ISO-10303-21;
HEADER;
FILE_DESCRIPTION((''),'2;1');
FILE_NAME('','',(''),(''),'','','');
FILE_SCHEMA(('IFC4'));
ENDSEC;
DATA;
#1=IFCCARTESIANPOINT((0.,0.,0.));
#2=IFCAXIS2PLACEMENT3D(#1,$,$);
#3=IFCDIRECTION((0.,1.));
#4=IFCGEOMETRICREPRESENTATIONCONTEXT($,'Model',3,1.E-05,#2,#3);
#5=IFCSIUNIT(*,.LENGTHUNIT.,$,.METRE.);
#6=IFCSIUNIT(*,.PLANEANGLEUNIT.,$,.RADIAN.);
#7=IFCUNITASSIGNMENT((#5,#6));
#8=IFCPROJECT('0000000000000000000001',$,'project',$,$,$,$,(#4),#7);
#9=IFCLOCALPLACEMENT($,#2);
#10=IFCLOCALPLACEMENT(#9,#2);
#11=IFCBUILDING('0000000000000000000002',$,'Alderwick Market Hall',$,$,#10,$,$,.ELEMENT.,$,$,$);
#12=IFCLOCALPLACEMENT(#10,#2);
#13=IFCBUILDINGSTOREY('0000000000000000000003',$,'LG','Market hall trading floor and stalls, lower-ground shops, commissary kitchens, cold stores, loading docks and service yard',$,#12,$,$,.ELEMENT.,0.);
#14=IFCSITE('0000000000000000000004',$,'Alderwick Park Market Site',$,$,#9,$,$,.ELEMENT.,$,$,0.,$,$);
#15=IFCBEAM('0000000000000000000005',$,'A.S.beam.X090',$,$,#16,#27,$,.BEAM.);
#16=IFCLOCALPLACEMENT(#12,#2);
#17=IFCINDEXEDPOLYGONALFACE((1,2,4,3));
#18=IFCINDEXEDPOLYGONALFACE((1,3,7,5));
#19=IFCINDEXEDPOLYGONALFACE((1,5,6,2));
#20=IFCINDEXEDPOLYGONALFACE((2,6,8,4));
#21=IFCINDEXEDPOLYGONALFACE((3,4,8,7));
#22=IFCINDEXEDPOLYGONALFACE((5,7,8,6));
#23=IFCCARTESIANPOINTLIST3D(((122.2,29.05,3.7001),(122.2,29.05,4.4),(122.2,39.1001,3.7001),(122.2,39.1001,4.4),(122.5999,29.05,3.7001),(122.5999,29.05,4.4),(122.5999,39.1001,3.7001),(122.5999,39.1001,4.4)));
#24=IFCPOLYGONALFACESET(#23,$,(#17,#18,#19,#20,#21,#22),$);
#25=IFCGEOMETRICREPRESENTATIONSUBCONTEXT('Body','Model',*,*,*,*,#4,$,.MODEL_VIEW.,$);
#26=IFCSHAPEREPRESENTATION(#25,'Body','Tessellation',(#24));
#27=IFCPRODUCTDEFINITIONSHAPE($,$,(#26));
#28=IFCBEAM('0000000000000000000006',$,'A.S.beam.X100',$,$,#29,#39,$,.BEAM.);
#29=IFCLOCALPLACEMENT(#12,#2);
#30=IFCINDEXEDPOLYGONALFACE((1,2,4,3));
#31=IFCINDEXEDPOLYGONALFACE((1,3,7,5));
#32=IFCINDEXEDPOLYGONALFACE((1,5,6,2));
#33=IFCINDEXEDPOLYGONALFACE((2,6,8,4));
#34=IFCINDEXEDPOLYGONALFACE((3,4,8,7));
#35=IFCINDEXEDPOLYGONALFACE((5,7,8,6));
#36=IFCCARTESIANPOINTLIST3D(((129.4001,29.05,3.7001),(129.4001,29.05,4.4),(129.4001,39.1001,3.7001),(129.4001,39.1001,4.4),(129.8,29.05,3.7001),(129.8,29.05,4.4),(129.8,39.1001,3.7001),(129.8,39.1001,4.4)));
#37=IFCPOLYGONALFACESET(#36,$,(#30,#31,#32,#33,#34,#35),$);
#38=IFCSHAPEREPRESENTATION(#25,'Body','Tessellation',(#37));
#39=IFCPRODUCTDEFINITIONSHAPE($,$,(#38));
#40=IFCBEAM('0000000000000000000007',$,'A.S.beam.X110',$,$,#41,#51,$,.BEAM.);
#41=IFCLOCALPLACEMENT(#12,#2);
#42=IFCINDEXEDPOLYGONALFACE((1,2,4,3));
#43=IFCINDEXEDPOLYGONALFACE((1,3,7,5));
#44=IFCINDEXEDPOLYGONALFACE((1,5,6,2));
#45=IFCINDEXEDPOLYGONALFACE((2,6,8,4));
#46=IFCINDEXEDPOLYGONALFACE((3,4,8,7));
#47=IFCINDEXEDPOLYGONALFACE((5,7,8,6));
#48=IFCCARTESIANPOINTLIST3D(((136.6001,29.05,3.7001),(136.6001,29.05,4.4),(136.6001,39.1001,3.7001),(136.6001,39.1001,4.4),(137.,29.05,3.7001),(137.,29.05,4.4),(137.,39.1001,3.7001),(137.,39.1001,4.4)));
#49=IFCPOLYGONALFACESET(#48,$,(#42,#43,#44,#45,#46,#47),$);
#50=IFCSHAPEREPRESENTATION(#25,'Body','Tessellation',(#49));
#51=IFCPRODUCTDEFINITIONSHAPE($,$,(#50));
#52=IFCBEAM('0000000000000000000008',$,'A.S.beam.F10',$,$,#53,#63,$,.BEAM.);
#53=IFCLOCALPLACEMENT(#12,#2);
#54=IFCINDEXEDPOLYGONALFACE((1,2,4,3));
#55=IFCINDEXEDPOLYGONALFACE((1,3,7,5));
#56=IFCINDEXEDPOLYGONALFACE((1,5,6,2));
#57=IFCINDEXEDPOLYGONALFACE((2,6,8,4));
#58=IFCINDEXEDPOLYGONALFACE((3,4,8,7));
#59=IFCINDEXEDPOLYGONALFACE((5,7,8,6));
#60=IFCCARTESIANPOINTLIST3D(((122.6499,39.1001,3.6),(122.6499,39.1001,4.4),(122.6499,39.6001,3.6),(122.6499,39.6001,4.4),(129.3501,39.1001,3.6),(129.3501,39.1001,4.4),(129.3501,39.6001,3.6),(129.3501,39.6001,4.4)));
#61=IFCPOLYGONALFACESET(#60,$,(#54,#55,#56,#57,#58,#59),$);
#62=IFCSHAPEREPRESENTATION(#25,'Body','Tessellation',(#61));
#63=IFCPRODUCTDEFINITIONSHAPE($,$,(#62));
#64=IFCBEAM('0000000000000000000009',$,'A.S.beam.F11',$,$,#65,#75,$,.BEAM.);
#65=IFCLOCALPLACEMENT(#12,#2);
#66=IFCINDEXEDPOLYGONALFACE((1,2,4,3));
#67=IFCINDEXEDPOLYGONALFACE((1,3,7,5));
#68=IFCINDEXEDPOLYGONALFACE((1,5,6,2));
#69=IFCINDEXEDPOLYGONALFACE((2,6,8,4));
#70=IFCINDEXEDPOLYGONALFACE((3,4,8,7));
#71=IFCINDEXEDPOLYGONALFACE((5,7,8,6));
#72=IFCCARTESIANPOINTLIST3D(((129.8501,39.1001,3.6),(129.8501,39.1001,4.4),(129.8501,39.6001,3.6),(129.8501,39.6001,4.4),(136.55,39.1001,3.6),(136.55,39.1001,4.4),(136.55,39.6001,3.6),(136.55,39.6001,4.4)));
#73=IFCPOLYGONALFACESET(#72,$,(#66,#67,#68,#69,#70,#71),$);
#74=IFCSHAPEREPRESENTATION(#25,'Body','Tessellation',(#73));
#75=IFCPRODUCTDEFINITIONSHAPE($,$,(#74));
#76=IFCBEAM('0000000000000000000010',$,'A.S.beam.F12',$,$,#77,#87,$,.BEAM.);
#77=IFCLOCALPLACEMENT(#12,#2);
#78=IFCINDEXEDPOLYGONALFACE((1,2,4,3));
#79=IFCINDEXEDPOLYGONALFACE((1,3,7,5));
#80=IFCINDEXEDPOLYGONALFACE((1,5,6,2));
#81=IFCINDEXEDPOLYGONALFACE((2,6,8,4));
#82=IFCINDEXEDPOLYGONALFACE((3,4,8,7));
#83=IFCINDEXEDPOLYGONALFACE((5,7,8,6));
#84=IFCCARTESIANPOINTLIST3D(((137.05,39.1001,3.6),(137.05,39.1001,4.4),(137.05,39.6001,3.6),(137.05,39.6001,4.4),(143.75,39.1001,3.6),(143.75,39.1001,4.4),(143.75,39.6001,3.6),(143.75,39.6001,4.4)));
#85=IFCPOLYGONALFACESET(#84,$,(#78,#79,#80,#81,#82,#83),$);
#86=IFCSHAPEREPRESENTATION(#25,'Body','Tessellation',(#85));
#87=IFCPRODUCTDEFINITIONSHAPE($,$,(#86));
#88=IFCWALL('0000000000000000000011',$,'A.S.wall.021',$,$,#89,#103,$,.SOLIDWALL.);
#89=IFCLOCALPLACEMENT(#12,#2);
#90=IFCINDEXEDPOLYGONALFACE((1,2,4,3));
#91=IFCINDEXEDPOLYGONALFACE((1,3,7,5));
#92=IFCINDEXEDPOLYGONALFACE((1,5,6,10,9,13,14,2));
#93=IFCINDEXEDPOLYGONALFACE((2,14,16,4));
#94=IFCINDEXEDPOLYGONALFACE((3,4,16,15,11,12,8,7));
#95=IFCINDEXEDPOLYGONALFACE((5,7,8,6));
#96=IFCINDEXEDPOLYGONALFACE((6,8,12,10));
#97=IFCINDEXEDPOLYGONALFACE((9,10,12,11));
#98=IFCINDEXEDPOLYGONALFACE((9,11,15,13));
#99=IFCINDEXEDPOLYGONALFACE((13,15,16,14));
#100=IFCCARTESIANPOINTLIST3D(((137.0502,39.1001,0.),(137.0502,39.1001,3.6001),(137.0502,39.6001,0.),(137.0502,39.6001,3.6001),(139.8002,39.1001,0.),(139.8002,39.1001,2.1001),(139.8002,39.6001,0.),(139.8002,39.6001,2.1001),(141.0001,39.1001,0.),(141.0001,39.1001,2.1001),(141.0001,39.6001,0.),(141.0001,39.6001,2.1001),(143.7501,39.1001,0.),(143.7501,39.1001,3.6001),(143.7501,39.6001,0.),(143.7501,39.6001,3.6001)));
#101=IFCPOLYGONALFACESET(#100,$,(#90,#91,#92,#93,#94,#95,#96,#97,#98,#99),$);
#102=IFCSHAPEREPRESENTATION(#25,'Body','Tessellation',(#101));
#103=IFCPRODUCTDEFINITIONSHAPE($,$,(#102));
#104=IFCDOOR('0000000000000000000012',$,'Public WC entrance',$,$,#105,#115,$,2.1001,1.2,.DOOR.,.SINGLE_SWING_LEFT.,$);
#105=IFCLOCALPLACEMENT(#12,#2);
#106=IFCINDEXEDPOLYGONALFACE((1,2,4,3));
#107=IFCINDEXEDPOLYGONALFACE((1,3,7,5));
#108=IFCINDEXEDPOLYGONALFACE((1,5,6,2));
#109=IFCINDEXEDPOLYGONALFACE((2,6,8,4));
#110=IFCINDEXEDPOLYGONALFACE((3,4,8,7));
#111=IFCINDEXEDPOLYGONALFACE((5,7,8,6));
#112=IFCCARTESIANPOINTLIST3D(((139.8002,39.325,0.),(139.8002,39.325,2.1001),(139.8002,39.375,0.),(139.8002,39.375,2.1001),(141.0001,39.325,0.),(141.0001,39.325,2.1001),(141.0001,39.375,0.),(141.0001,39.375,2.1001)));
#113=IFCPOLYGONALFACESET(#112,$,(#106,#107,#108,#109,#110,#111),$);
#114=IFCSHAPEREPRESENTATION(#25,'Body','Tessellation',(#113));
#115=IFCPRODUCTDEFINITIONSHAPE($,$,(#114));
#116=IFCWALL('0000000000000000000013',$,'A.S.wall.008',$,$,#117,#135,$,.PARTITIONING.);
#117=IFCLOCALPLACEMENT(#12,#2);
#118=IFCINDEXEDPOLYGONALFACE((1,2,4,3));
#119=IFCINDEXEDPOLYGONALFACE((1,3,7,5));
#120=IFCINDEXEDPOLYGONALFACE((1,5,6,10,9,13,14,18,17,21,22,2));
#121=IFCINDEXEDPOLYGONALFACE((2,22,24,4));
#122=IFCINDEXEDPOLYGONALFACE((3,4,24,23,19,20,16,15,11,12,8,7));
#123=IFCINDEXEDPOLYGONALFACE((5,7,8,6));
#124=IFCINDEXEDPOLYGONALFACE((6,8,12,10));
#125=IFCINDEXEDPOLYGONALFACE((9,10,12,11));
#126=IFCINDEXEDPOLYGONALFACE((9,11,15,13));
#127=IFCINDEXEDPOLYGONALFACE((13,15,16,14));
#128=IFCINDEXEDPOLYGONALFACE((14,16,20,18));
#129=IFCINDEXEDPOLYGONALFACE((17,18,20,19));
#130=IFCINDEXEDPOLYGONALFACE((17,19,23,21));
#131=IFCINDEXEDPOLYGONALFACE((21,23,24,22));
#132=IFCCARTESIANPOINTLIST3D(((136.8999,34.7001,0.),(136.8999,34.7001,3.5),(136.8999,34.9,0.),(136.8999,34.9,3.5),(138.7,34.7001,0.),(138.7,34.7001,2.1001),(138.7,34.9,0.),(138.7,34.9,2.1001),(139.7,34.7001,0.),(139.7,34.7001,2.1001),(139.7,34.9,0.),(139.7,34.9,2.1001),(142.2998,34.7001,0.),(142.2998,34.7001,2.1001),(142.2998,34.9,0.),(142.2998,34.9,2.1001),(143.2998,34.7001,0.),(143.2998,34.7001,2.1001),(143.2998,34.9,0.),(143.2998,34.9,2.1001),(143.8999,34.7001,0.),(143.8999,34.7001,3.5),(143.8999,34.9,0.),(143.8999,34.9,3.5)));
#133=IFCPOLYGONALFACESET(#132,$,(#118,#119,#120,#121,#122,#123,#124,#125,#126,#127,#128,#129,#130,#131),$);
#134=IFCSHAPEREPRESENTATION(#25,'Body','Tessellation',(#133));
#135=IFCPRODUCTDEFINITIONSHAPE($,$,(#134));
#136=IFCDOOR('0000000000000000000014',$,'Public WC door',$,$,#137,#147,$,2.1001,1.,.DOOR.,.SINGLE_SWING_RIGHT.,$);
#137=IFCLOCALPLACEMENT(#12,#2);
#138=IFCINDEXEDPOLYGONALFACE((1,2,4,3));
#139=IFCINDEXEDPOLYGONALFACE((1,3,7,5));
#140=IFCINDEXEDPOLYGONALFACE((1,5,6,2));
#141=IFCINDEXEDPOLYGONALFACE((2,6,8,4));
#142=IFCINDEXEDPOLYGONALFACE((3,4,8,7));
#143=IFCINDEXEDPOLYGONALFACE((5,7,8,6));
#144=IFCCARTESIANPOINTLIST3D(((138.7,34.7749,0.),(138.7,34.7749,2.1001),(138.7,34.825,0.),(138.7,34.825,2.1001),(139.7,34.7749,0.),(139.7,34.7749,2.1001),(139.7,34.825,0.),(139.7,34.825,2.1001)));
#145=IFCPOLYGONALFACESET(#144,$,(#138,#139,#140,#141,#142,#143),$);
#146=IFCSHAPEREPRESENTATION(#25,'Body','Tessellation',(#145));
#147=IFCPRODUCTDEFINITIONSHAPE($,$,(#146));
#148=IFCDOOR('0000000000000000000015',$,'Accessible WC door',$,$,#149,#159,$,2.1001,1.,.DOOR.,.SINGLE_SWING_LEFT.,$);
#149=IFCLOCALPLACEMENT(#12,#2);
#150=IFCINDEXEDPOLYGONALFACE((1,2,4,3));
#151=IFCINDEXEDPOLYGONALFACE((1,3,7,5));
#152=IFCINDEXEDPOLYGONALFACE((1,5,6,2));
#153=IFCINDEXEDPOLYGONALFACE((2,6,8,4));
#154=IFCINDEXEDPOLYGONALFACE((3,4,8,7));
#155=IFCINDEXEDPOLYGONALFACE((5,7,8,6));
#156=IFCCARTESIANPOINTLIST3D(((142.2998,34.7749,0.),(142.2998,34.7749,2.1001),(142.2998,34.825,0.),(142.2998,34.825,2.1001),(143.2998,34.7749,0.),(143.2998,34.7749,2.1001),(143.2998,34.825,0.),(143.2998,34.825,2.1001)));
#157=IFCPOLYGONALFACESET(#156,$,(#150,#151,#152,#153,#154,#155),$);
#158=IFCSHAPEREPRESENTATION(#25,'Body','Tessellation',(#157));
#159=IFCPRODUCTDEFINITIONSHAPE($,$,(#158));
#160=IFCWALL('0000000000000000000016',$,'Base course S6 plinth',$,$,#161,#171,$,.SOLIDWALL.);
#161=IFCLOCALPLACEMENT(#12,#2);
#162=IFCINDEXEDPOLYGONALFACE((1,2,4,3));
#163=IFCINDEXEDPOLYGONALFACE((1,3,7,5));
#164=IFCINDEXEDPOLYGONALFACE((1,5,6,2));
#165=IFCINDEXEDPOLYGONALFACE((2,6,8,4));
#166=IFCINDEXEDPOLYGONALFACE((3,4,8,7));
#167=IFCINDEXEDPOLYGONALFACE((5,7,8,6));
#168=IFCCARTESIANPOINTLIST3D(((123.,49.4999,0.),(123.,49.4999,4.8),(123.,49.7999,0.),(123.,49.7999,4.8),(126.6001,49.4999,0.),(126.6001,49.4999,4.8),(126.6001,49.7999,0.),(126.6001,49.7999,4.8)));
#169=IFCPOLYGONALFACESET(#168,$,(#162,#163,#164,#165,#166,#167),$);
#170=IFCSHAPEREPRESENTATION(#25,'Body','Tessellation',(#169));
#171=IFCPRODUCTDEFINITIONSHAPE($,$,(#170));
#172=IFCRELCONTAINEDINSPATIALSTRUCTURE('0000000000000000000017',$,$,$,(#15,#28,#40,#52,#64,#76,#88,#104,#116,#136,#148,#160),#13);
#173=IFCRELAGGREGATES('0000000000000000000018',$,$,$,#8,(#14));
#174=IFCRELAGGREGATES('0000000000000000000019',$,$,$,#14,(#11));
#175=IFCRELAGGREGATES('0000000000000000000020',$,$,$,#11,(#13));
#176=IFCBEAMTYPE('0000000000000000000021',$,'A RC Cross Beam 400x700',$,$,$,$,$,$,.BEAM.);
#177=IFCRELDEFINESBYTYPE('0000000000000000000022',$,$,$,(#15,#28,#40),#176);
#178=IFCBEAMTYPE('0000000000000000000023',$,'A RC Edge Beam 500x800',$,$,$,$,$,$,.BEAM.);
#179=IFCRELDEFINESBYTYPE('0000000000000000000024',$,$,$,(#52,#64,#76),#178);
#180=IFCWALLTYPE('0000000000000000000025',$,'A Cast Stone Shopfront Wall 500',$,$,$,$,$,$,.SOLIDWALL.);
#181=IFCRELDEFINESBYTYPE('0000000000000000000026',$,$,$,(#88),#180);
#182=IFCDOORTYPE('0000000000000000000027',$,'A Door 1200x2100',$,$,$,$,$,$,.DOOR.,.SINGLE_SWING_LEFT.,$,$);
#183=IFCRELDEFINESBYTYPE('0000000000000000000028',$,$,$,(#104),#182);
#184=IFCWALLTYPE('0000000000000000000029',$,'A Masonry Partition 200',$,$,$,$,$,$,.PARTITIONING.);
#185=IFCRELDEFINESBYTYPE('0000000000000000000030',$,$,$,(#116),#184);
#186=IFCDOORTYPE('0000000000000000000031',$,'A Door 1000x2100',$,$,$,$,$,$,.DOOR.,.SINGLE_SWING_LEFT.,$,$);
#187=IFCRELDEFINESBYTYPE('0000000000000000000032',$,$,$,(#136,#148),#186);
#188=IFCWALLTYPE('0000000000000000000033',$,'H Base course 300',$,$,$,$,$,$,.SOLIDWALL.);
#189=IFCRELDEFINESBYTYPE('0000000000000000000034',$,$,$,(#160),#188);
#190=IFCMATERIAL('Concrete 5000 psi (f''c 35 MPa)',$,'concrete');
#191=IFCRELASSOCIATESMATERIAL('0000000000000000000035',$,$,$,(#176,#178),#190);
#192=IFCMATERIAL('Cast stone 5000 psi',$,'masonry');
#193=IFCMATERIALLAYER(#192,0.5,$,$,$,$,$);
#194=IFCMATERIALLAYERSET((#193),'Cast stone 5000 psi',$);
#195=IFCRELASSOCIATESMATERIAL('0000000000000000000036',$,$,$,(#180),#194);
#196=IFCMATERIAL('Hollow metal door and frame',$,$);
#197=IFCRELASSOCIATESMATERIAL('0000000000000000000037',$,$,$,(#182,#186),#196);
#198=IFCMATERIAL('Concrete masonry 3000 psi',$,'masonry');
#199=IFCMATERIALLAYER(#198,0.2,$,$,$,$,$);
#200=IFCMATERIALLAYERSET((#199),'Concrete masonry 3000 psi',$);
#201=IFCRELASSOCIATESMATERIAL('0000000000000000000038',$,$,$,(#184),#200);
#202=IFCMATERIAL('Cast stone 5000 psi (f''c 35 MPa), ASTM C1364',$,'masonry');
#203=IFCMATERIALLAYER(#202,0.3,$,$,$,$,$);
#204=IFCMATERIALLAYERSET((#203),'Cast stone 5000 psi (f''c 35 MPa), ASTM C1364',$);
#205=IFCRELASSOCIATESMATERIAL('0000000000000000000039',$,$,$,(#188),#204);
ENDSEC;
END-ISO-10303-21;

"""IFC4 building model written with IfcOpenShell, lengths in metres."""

from ifc_helpers import new_model, si_unit, direction, frame, frame_2d, origin, origin_2d, place, context, subcontext, project, spatial, rectangle, extrude, material, layer, layer_set, material_profile, profile_set, type_object, element, fill, save


model = new_model("IFC4")

# Units and contexts
model_context = context("Model", 3, precision=1e-05, world=origin(), true_north=direction((0.0, 1.0)))
body_context = subcontext(model_context, "Body", "Model", "MODEL_VIEW")
ifc_project = project(units=[si_unit("LENGTHUNIT", "METRE"), si_unit("PLANEANGLEUNIT", "RADIAN")], contexts=[model_context])

# Site, building, storey
site_placement = place(None, origin())
site = spatial("IfcSite", under=ifc_project, at=site_placement, Name="Alderwick Park Market Site", CompositionType="ELEMENT", RefElevation=0.0)
building_placement = place(site_placement, origin())
building = spatial("IfcBuilding", under=site, at=building_placement, Name="Alderwick Market Hall", CompositionType="ELEMENT")
storey_placement = place(building_placement, origin())
storey = spatial("IfcBuildingStorey", under=building, at=storey_placement, Name="LG", Description="Market hall trading floor and stalls, lower-ground shops, commissary kitchens, cold stores, loading docks and service yard", CompositionType="ELEMENT", Elevation=0.0)

# Shared definitions
ifc_material_1 = material(Name="Concrete 5000 psi (f'c 35 MPa)", Category="concrete")

# Beams
ifc_material_profile_1 = material_profile(ifc_material_1, rectangle(XDim=0.3999, YDim=0.7, at=origin_2d()), Name="A RC Cross Beam 400x700")
ifc_profile_set_1 = profile_set([ifc_material_profile_1], Name="Concrete 5000 psi (f'c 35 MPa)")
beam_type_1 = type_object("IfcBeamType", Name="A RC Cross Beam 400x700", PredefinedType="BEAM", material=ifc_profile_set_1)
for number, where, z_axis, x_axis, name in (
    (1, (122.3999, 39.1001, 4.05), (0.0, -1.0, 0.0), (1.0, 0.0, 0.0), "A.S.beam.X090"),
    (2, (129.6001, 39.1001, 4.05), (0.0, -1.0, 0.0), (1.0, 0.0, 0.0), "A.S.beam.X100"),
    (3, (136.8, 39.1001, 4.05), (0.0, -1.0, 0.0), (1.0, 0.0, 0.0), "A.S.beam.X110"),
):
    element("IfcBeam", number, at=place(storey_placement, frame(where, z_axis=z_axis, x_axis=x_axis)), inside=storey, type_object=beam_type_1, Name=name, PredefinedType="BEAM", context=body_context, shape_type="SweptSolid", body=[
        extrude(rectangle(XDim=0.3999, YDim=0.7, at=origin_2d()), origin(), (0.0, 0.0, 1.0), 10.05),
    ])
ifc_material_profile_2 = material_profile(ifc_material_1, rectangle(XDim=0.5, YDim=0.8, at=origin_2d()), Name="A RC Edge Beam 500x800")
ifc_profile_set_2 = profile_set([ifc_material_profile_2], Name="Concrete 5000 psi (f'c 35 MPa)")
beam_type_2 = type_object("IfcBeamType", Name="A RC Edge Beam 500x800", PredefinedType="BEAM", material=ifc_profile_set_2)
beam_placement = place(storey_placement, frame((122.6499, 39.3501, 4.0), z_axis=(1.0, 0.0, 0.0), x_axis=(0.0, 1.0, 0.0)))
element("IfcBeam", 4, at=beam_placement, inside=storey, type_object=beam_type_2, Name="A.S.beam.F10", PredefinedType="BEAM", context=body_context, shape_type="SweptSolid", body=[
    extrude(rectangle(XDim=0.5, YDim=0.8, at=origin_2d()), origin(), (0.0, 0.0, 1.0), 6.7002),
])
for number, where, z_axis, x_axis, name in (
    (5, (129.8501, 39.3501, 4.0), (1.0, 0.0, 0.0), (0.0, 1.0, 0.0), "A.S.beam.F11"),
    (6, (137.05, 39.3501, 4.0), (1.0, 0.0, 0.0), (0.0, 1.0, 0.0), "A.S.beam.F12"),
):
    element("IfcBeam", number, at=place(storey_placement, frame(where, z_axis=z_axis, x_axis=x_axis)), inside=storey, type_object=beam_type_2, Name=name, PredefinedType="BEAM", context=body_context, shape_type="SweptSolid", body=[
        extrude(rectangle(XDim=0.5, YDim=0.8, at=origin_2d()), origin(), (0.0, 0.0, 1.0), 6.7),
    ])

# Shared definitions
ifc_material_2 = material(Name="Cast stone 5000 psi", Category="masonry")
ifc_layer_1 = layer(ifc_material_2, 0.5)
ifc_layer_set_1 = layer_set([ifc_layer_1], Name="Cast stone 5000 psi")
wall_type_1 = type_object("IfcWallType", Name="A Cast Stone Shopfront Wall 500", PredefinedType="SOLIDWALL", material=ifc_layer_set_1)

# Wall, opening, door
wall_1_placement = place(storey_placement, frame((137.05, 39.3501, 0.0), z_axis=(0.0, 0.0, 1.0), x_axis=(1.0, 0.0, 0.0)))
wall_1 = element("IfcWall", 7, at=wall_1_placement, inside=storey, type_object=wall_type_1, Name="A.S.wall.021", PredefinedType="SOLIDWALL", context=body_context, shape_type="SweptSolid", body=[
    extrude(rectangle(XDim=6.7, YDim=0.5, at=frame_2d((3.3501, 0.0))), origin(), (0.0, 0.0, 1.0), 3.6001),
])
opening_1_placement = place(wall_1_placement, frame((2.75, 0.0, 0.0)))
opening_1 = element("IfcOpeningElement", 8, at=opening_1_placement, cuts=wall_1, PredefinedType="OPENING", context=body_context, shape_type="SweptSolid", body=[
    extrude(rectangle(XDim=1.2, YDim=2.1001, at=frame_2d((0.6001, 1.05))), frame((0.0, 0.26, 0.0), z_axis=(0.0, -1.0, 0.0), x_axis=(1.0, 0.0, 0.0)), (0.0, 0.0, 1.0), 0.52),
])
ifc_material_3 = material(Name="Hollow metal door and frame")
door_type_1 = type_object("IfcDoorType", Name="A Door 1200x2100", OperationType="SINGLE_SWING_LEFT", PredefinedType="DOOR", material=ifc_material_3)
door_1_placement = place(opening_1_placement, origin())
door_1 = element("IfcDoor", 9, at=door_1_placement, inside=storey, type_object=door_type_1, Name="Public WC entrance", OperationType="SINGLE_SWING_LEFT", OverallHeight=2.1001, OverallWidth=1.2, PredefinedType="DOOR", context=body_context, shape_type="SweptSolid", body=[
    extrude(rectangle(XDim=1.2, YDim=2.1001, at=frame_2d((0.6001, 1.05))), frame((0.0, 0.0249, 0.0), z_axis=(0.0, -1.0, 0.0), x_axis=(1.0, 0.0, 0.0)), (0.0, 0.0, 1.0), 0.05),
])
fill(opening_1, door_1)

# Wall, openings, doors
ifc_material_4 = material(Name="Concrete masonry 3000 psi", Category="masonry")
ifc_layer_2 = layer(ifc_material_4, 0.2)
ifc_layer_set_2 = layer_set([ifc_layer_2], Name="Concrete masonry 3000 psi")
wall_type_2 = type_object("IfcWallType", Name="A Masonry Partition 200", PredefinedType="PARTITIONING", material=ifc_layer_set_2)
wall_2_placement = place(storey_placement, frame((136.8999, 34.8, 0.0), z_axis=(0.0, 0.0, 1.0), x_axis=(1.0, 0.0, 0.0)))
wall_2 = element("IfcWall", 10, at=wall_2_placement, inside=storey, type_object=wall_type_2, Name="A.S.wall.008", PredefinedType="PARTITIONING", context=body_context, shape_type="SweptSolid", body=[
    extrude(rectangle(XDim=7.0, YDim=0.2, at=frame_2d((3.5, 0.0))), origin(), (0.0, 0.0, 1.0), 3.5),
])
opening_2_placement = place(wall_2_placement, frame((1.8, 0.0, 0.0)))
opening_2 = element("IfcOpeningElement", 11, at=opening_2_placement, cuts=wall_2, PredefinedType="OPENING", context=body_context, shape_type="SweptSolid", body=[
    extrude(rectangle(XDim=1.0, YDim=2.1001, at=frame_2d((0.5, 1.05))), frame((0.0, 0.1099, 0.0), z_axis=(0.0, -1.0, 0.0), x_axis=(1.0, 0.0, 0.0)), (0.0, 0.0, 1.0), 0.22),
])
opening_3_placement = place(wall_2_placement, frame((5.3999, 0.0, 0.0)))
opening_3 = element("IfcOpeningElement", 12, at=opening_3_placement, cuts=wall_2, PredefinedType="OPENING", context=body_context, shape_type="SweptSolid", body=[
    extrude(rectangle(XDim=1.0, YDim=2.1001, at=frame_2d((0.5, 1.05))), frame((0.0, 0.1099, 0.0), z_axis=(0.0, -1.0, 0.0), x_axis=(1.0, 0.0, 0.0)), (0.0, 0.0, 1.0), 0.22),
])
door_type_2 = type_object("IfcDoorType", Name="A Door 1000x2100", OperationType="SINGLE_SWING_LEFT", PredefinedType="DOOR", material=ifc_material_3)
door_2_placement = place(opening_2_placement, origin())
door_2 = element("IfcDoor", 13, at=door_2_placement, inside=storey, type_object=door_type_2, Name="Public WC door", OperationType="SINGLE_SWING_RIGHT", OverallHeight=2.1001, OverallWidth=1.0, PredefinedType="DOOR", context=body_context, shape_type="SweptSolid", body=[
    extrude(rectangle(XDim=1.0, YDim=2.1001, at=frame_2d((0.5, 1.05))), frame((0.0, 0.0249, 0.0), z_axis=(0.0, -1.0, 0.0), x_axis=(1.0, 0.0, 0.0)), (0.0, 0.0, 1.0), 0.05),
])
fill(opening_2, door_2)
door_3_placement = place(opening_3_placement, origin())
door_3 = element("IfcDoor", 14, at=door_3_placement, inside=storey, type_object=door_type_2, Name="Accessible WC door", OperationType="SINGLE_SWING_LEFT", OverallHeight=2.1001, OverallWidth=1.0, PredefinedType="DOOR", context=body_context, shape_type="SweptSolid", body=[
    extrude(rectangle(XDim=1.0, YDim=2.1001, at=frame_2d((0.5, 1.05))), frame((0.0, 0.0249, 0.0), z_axis=(0.0, -1.0, 0.0), x_axis=(1.0, 0.0, 0.0)), (0.0, 0.0, 1.0), 0.05),
])
fill(opening_3, door_3)

# Wall
ifc_material_5 = material(Name="Cast stone 5000 psi (f'c 35 MPa), ASTM C1364", Category="masonry")
ifc_layer_3 = layer(ifc_material_5, 0.3)
ifc_layer_set_3 = layer_set([ifc_layer_3], Name="Cast stone 5000 psi (f'c 35 MPa), ASTM C1364")
wall_type_3 = type_object("IfcWallType", Name="H Base course 300", PredefinedType="SOLIDWALL", material=ifc_layer_set_3)
wall_3_placement = place(storey_placement, frame((123.0, 49.6499, 0.0), z_axis=(0.0, 0.0, 1.0), x_axis=(1.0, 0.0, 0.0)))
element("IfcWall", 15, at=wall_3_placement, inside=storey, type_object=wall_type_3, Name="Base course S6 plinth", PredefinedType="SOLIDWALL", context=body_context, shape_type="SweptSolid", body=[
    extrude(rectangle(XDim=3.6001, YDim=0.3, at=frame_2d((1.8, 0.0))), origin(), (0.0, 0.0, 1.0), 4.8),
])

save(model, "model.ifc")
